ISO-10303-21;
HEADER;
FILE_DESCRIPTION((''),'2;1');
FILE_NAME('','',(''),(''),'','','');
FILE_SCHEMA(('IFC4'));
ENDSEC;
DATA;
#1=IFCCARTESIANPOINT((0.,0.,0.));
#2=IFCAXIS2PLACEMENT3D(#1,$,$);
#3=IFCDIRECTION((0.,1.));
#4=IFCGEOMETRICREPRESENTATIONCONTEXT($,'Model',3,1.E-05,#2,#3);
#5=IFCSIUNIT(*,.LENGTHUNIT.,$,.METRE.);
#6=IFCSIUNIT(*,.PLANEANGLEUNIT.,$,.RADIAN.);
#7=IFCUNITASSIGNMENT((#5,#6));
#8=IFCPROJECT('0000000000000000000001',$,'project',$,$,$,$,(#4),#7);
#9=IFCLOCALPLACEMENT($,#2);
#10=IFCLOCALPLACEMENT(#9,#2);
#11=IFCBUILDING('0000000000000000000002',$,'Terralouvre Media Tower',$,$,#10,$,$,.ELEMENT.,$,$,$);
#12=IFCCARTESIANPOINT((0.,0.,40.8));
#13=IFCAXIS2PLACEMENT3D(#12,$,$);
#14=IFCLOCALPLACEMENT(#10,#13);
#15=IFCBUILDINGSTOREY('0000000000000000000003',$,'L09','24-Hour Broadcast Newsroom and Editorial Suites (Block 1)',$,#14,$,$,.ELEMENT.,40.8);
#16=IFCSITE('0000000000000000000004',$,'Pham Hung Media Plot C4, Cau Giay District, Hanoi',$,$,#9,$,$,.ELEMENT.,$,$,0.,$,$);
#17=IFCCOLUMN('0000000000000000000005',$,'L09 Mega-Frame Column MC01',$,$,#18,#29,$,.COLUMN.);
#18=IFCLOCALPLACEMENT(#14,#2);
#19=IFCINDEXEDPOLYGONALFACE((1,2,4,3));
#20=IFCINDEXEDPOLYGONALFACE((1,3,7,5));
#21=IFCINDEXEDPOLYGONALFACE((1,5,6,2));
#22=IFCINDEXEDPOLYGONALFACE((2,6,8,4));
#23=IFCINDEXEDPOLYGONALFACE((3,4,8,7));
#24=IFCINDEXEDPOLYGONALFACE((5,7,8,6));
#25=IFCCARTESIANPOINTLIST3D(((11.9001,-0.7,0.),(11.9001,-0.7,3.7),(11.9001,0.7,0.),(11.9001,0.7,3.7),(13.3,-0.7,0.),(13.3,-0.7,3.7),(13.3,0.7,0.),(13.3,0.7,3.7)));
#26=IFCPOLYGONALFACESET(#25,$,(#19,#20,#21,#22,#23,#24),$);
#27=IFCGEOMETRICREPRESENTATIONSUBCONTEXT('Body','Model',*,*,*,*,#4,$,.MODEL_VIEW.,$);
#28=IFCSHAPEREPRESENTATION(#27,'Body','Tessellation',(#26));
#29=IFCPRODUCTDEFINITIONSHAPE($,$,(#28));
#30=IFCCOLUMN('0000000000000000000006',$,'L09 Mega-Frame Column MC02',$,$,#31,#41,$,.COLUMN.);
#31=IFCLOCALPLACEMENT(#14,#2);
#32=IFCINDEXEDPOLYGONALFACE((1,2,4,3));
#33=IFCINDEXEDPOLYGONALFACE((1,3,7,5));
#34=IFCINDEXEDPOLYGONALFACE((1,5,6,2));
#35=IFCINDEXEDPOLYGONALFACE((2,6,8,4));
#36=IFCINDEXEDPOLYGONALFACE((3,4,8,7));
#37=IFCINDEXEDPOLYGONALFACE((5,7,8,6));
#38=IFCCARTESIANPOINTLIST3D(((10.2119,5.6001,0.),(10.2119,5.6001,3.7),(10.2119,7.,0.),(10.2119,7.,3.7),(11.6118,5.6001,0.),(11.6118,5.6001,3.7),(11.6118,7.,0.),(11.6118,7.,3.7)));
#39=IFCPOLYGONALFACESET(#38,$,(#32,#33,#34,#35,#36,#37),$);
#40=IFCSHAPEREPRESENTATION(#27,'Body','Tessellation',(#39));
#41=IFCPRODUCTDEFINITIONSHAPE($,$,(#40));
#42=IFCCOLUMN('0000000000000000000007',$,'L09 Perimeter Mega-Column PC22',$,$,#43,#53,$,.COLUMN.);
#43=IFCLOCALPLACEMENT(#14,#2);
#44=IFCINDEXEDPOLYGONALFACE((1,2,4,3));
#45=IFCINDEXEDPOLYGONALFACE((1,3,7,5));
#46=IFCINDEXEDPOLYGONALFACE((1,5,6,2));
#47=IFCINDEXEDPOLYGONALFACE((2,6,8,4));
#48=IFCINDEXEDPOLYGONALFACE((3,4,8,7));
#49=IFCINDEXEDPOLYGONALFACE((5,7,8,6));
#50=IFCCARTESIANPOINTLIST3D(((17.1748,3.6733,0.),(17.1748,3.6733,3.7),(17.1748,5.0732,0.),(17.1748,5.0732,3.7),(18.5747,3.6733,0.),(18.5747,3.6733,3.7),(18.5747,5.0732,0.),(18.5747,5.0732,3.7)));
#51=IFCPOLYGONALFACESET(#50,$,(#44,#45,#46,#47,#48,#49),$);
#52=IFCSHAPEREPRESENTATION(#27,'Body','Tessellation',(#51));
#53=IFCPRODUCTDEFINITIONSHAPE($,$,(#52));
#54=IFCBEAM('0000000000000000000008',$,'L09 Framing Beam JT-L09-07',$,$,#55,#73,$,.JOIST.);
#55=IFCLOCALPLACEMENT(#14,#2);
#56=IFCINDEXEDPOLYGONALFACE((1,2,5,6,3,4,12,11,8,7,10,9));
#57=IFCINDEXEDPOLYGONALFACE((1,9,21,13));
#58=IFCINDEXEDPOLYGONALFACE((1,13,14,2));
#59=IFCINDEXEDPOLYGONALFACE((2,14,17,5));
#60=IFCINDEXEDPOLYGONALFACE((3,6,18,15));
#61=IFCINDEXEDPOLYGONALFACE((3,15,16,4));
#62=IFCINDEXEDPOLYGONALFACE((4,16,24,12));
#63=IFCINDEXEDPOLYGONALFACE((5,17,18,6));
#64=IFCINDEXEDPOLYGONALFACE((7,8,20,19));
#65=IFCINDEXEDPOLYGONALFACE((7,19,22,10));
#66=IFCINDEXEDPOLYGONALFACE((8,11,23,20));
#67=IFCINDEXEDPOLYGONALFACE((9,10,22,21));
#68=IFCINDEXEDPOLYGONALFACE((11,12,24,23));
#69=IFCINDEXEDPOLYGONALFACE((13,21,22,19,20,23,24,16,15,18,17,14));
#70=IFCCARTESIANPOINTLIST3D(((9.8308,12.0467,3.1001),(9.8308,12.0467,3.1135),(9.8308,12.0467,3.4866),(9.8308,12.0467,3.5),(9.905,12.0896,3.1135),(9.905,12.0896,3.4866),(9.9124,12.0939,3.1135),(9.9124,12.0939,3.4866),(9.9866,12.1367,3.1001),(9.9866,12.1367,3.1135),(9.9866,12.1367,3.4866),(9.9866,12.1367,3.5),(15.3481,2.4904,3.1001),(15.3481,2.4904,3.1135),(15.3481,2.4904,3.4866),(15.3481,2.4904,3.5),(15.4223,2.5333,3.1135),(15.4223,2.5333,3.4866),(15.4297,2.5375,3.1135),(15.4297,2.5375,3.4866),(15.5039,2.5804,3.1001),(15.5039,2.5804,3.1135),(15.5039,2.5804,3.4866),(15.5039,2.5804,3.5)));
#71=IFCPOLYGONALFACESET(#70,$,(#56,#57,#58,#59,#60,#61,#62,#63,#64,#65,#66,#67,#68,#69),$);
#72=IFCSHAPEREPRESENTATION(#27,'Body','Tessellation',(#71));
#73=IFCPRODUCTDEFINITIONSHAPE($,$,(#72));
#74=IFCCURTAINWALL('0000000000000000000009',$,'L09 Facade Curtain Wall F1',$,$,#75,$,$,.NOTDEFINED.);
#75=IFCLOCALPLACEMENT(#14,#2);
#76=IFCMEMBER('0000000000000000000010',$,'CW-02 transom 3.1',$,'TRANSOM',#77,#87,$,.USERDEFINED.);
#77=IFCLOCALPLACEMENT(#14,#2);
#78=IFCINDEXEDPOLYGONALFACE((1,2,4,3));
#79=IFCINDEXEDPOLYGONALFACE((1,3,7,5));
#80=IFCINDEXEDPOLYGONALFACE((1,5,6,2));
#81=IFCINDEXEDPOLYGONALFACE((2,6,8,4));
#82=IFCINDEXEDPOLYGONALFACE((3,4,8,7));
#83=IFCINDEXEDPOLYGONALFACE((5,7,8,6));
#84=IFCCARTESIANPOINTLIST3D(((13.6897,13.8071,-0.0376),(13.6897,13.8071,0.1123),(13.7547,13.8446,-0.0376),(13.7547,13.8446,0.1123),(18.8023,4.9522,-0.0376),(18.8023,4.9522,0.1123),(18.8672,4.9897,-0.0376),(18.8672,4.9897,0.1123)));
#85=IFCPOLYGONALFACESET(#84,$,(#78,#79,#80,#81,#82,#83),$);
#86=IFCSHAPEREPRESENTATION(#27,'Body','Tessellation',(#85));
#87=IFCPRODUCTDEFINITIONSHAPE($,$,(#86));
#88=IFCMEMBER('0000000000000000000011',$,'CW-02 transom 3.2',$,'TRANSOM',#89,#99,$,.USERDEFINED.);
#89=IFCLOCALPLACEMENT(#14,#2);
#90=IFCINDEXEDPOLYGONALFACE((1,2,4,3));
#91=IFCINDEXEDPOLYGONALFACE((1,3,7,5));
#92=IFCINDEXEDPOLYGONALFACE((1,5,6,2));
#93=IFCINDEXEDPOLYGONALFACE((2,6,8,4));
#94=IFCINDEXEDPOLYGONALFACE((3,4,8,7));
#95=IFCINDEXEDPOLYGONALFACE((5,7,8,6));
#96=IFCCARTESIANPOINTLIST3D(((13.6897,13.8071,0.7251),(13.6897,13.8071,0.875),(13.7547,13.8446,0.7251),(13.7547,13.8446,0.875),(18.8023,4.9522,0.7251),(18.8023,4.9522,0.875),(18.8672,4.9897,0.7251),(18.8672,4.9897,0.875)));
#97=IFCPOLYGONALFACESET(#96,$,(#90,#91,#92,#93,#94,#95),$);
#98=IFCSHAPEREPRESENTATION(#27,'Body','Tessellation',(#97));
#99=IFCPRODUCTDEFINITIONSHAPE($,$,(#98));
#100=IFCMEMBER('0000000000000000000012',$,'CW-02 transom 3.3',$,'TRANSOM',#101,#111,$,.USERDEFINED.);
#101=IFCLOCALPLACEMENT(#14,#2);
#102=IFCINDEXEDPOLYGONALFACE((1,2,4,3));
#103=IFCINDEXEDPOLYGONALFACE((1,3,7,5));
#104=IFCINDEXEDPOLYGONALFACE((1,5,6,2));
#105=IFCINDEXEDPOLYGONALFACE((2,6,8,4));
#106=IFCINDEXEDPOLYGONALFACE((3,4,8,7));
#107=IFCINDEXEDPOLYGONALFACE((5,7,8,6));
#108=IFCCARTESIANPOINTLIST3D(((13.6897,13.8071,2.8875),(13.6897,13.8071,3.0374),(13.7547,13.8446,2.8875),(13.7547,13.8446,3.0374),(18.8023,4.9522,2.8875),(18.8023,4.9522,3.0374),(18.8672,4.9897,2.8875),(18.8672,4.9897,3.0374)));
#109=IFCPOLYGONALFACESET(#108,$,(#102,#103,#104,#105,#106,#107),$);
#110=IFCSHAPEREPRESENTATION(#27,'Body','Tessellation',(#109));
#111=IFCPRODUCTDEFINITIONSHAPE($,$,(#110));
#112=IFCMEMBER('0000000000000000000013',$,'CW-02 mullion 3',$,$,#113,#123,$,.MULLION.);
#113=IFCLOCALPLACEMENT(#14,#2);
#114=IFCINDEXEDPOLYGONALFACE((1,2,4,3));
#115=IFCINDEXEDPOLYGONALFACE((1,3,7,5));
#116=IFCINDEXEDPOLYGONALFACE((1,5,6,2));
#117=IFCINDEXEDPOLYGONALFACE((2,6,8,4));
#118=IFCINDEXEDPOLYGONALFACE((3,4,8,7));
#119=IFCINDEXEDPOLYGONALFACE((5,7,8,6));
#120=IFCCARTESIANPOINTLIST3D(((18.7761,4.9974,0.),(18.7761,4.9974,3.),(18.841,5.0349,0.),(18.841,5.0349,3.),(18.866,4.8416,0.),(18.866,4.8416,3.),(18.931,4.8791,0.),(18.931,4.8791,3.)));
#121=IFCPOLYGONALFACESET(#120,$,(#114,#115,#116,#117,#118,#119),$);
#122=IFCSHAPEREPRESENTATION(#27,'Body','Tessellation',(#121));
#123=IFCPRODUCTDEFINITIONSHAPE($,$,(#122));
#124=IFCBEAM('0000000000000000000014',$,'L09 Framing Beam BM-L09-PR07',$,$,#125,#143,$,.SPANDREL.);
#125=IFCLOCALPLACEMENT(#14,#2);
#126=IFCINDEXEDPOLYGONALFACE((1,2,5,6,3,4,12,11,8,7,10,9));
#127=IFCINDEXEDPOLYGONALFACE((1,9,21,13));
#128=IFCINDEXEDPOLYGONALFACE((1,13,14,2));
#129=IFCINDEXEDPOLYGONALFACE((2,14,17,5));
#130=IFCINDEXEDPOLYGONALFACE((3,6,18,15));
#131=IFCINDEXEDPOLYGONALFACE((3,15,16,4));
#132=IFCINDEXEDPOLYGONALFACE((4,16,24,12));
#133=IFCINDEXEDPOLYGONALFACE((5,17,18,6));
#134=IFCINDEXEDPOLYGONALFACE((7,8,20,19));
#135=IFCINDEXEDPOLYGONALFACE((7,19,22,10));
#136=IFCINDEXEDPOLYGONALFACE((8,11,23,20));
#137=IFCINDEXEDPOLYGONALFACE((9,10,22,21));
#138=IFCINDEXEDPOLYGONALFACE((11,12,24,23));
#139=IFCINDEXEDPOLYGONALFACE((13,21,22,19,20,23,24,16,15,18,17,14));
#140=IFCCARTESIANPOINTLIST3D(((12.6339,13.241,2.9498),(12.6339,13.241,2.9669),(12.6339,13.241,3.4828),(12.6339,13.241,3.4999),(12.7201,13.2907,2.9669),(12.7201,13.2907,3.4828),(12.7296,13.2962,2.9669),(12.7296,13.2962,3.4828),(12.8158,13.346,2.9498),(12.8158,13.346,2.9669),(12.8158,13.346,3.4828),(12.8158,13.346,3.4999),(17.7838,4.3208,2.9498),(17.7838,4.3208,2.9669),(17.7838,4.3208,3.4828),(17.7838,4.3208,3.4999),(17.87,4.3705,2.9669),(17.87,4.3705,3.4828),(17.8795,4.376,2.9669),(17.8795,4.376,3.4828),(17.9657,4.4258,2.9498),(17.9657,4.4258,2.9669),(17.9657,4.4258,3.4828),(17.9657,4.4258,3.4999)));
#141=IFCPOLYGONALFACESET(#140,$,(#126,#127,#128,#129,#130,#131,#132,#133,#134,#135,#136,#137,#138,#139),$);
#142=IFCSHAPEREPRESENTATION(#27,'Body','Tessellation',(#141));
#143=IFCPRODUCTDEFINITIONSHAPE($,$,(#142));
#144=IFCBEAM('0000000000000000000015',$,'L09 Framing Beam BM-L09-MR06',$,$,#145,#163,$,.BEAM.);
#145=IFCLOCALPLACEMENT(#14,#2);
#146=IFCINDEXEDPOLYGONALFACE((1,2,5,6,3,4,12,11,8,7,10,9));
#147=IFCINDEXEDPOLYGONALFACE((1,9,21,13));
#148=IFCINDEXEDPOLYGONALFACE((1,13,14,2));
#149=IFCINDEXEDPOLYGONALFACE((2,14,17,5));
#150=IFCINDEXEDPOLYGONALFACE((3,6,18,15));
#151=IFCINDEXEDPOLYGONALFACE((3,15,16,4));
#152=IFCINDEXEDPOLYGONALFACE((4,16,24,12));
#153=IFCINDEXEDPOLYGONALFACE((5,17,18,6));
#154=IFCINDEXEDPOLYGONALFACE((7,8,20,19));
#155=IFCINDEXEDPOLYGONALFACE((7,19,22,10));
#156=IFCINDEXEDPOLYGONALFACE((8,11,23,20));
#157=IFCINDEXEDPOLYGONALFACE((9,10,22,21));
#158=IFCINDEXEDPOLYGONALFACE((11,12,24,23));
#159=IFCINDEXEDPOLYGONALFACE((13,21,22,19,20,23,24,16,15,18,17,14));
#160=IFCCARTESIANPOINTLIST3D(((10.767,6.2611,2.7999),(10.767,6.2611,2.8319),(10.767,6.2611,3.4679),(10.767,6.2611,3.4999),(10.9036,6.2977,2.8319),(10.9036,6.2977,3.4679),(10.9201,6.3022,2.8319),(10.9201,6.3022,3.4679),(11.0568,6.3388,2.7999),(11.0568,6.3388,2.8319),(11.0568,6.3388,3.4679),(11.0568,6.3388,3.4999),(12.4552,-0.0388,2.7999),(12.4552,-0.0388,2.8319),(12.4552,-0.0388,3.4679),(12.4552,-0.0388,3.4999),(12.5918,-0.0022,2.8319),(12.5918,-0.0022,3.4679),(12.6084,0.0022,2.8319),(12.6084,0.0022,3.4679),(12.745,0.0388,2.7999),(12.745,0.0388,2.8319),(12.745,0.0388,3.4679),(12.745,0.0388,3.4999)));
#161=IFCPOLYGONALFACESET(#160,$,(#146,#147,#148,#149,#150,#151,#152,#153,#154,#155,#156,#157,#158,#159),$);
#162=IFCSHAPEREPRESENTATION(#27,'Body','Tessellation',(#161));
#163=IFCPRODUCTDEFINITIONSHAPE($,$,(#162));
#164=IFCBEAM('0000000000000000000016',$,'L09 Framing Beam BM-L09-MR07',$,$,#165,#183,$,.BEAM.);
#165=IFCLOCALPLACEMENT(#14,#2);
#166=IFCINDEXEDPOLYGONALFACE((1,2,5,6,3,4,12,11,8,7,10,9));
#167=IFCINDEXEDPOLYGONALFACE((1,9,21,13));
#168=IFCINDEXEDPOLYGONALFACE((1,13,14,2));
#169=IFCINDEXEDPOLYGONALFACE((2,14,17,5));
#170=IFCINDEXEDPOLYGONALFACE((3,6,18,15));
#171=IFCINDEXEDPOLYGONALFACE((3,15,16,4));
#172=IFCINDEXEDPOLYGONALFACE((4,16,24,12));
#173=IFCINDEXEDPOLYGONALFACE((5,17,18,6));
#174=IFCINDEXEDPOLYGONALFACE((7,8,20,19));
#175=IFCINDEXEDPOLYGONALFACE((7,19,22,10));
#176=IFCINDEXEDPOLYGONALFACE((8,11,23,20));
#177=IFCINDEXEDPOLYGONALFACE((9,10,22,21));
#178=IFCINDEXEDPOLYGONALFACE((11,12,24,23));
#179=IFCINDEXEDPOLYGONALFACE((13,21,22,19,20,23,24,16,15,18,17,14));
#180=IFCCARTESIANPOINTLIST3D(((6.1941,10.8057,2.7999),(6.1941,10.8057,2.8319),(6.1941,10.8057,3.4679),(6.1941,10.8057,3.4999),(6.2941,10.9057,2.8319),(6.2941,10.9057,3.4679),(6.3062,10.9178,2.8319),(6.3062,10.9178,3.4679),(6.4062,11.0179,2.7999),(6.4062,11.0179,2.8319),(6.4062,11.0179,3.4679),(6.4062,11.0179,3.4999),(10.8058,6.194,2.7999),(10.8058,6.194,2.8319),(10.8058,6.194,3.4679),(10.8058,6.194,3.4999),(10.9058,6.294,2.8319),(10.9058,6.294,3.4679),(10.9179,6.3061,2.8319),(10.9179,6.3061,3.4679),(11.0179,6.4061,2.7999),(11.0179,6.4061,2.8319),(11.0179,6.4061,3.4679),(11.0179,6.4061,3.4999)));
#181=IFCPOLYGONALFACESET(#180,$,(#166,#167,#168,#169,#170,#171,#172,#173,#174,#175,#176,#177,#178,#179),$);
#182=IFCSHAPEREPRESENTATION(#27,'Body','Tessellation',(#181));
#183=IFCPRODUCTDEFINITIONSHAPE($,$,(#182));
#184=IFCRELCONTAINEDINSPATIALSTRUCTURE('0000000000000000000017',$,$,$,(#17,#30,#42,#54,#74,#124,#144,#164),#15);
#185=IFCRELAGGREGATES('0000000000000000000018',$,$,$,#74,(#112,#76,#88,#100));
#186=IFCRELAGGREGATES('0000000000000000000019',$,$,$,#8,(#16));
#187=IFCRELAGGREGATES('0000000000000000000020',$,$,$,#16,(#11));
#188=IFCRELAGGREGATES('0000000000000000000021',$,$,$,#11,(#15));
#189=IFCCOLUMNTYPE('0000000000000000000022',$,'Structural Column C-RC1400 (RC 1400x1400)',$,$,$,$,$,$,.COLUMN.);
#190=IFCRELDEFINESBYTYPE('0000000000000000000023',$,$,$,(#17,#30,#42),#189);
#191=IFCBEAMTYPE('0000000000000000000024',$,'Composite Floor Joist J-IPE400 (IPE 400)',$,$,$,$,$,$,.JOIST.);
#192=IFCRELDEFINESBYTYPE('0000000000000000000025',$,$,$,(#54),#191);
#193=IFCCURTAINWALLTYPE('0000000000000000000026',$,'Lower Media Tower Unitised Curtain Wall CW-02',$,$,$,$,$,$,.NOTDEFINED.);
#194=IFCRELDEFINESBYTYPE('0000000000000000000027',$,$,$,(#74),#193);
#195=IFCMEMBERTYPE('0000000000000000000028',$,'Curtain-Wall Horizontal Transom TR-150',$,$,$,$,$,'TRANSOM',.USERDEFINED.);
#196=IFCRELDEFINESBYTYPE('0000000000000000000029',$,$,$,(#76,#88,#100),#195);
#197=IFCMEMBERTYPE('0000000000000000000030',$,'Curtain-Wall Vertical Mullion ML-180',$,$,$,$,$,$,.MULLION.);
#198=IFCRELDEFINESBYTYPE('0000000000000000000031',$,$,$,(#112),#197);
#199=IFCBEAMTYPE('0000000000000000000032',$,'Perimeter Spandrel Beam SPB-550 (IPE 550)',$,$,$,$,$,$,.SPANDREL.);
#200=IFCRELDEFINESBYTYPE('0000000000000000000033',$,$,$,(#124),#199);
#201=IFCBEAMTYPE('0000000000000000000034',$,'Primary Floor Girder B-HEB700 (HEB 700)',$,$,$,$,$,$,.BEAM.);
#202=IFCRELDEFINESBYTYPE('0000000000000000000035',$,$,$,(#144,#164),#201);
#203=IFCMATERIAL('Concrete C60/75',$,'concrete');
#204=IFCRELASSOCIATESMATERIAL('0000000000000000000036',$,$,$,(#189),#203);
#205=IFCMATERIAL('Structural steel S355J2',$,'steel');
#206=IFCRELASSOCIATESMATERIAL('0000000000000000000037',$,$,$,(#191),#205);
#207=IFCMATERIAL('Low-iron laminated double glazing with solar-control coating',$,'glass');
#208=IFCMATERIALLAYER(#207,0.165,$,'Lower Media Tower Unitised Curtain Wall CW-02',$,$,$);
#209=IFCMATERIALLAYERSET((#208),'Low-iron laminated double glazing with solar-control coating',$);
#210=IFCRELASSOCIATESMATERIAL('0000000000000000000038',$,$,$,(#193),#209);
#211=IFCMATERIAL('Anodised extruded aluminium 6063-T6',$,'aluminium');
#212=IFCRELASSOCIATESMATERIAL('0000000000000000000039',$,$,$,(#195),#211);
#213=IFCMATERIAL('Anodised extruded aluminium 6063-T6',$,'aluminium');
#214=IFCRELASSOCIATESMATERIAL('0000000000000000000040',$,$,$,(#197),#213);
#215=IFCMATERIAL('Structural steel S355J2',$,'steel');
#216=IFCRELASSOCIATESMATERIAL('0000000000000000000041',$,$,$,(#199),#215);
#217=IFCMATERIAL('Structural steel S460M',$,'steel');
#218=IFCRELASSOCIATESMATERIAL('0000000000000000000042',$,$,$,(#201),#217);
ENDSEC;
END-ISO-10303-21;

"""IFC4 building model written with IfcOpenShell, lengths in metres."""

from ifc_helpers import new_model, si_unit, direction, frame, origin, origin_2d, place, context, subcontext, project, spatial, rectangle, i_section, extrude, material, layer, layer_set, material_profile, profile_set, type_object, element, aggregate, save


model = new_model("IFC4")

# Units and contexts
model_context = context("Model", 3, precision=1e-05, world=origin(), true_north=direction((0.0, 1.0)))
body_context = subcontext(model_context, "Body", "Model", "MODEL_VIEW")
ifc_project = project(units=[si_unit("LENGTHUNIT", "METRE"), si_unit("PLANEANGLEUNIT", "RADIAN")], contexts=[model_context])

# Site, building, storey
site_placement = place(None, origin())
site = spatial("IfcSite", under=ifc_project, at=site_placement, Name="Pham Hung Media Plot C4, Cau Giay District, Hanoi", CompositionType="ELEMENT", RefElevation=0.0)
building_placement = place(site_placement, origin())
building = spatial("IfcBuilding", under=site, at=building_placement, Name="Terralouvre Media Tower", CompositionType="ELEMENT")
storey_placement = place(building_placement, frame((0.0, 0.0, 40.8)))
storey = spatial("IfcBuildingStorey", under=building, at=storey_placement, Name="L09", Description="24-Hour Broadcast Newsroom and Editorial Suites (Block 1)", CompositionType="ELEMENT", Elevation=40.8)

# Columns
ifc_material_1 = material(Name="Concrete C60/75", Category="concrete")
ifc_material_profile_1 = material_profile(ifc_material_1, rectangle(XDim=1.3999, YDim=1.3999, at=origin_2d()), Name="RC 1400x1400")
ifc_profile_set_1 = profile_set([ifc_material_profile_1], Name="Concrete C60/75")
column_type = type_object("IfcColumnType", Name="Structural Column C-RC1400 (RC 1400x1400)", PredefinedType="COLUMN", material=ifc_profile_set_1)
for number, where, z_axis, x_axis, name in (
    (1, (12.6001, 0.0, 0.0), (0.0, 0.0, 1.0), (1.0, 0.0, 0.0), "L09 Mega-Frame Column MC01"),
    (2, (10.9119, 6.3, 0.0), (0.0, 0.0, 1.0), (1.0, 0.0, 0.0), "L09 Mega-Frame Column MC02"),
    (3, (17.8748, 4.3733, 0.0), (0.0, 0.0, 1.0), (1.0, 0.0, 0.0), "L09 Perimeter Mega-Column PC22"),
):
    element("IfcColumn", number, at=place(storey_placement, frame(where, z_axis=z_axis, x_axis=x_axis)), inside=storey, type_object=column_type, Name=name, PredefinedType="COLUMN", context=body_context, shape_type="SweptSolid", body=[
        extrude(rectangle(XDim=1.3999, YDim=1.3999, at=origin_2d()), origin(), (0.0, 0.0, 1.0), 3.7),
    ])

# Beam
ifc_material_2 = material(Name="Structural steel S355J2", Category="steel")
ifc_material_profile_2 = material_profile(ifc_material_2, i_section(OverallWidth=0.1799, OverallDepth=0.3999, WebThickness=0.0085, FlangeThickness=0.0134, at=origin_2d()), Name="IPE 400")
ifc_profile_set_2 = profile_set([ifc_material_profile_2], Name="Structural steel S355J2")
beam_type_1 = type_object("IfcBeamType", Name="Composite Floor Joist J-IPE400 (IPE 400)", PredefinedType="JOIST", material=ifc_profile_set_2)
beam_1_placement = place(storey_placement, frame((15.426, 2.5354, 3.3), z_axis=(-0.499996, 0.866028, 0.0), x_axis=(-0.866028, -0.499996, 0.0)))
element("IfcBeam", 4, at=beam_1_placement, inside=storey, type_object=beam_type_1, Name="L09 Framing Beam JT-L09-07", PredefinedType="JOIST", context=body_context, shape_type="SweptSolid", body=[
    extrude(i_section(OverallWidth=0.1799, OverallDepth=0.3999, WebThickness=0.0085, FlangeThickness=0.0134, at=origin_2d()), origin(), (0.0, 0.0, 1.0), 11.0347),
])

# Curtain wall, members
ifc_material_3 = material(Name="Low-iron laminated double glazing with solar-control coating", Category="glass")
ifc_layer_1 = layer(ifc_material_3, 0.165, Name="Lower Media Tower Unitised Curtain Wall CW-02")
ifc_layer_set_1 = layer_set([ifc_layer_1], Name="Low-iron laminated double glazing with solar-control coating")
curtain_wall_type = type_object("IfcCurtainWallType", Name="Lower Media Tower Unitised Curtain Wall CW-02", PredefinedType="NOTDEFINED", material=ifc_layer_set_1)
curtain_wall_placement = place(storey_placement, origin())
curtain_wall = element("IfcCurtainWall", 5, at=curtain_wall_placement, inside=storey, type_object=curtain_wall_type, Name="L09 Facade Curtain Wall F1", PredefinedType="NOTDEFINED")
ifc_material_4 = material(Name="Anodised extruded aluminium 6063-T6", Category="aluminium")
ifc_material_profile_3 = material_profile(ifc_material_4, rectangle(XDim=0.075, YDim=0.1499, at=origin_2d()), Name="ALU 75x150")
ifc_profile_set_3 = profile_set([ifc_material_profile_3], Name="Anodised extruded aluminium 6063-T6")
member_type_1 = type_object("IfcMemberType", Name="Curtain-Wall Horizontal Transom TR-150", ElementType="TRANSOM", PredefinedType="USERDEFINED", material=ifc_profile_set_3)
member_1_placement = place(storey_placement, frame((18.8347, 4.9709, 0.0374), z_axis=(-0.500009, 0.86602, 0.0), x_axis=(-0.86602, -0.500009, 0.0)))
member_1 = element("IfcMember", 6, at=member_1_placement, type_object=member_type_1, Name="CW-02 transom 3.1", ObjectType="TRANSOM", PredefinedType="USERDEFINED", context=body_context, shape_type="SweptSolid", body=[
    extrude(rectangle(XDim=0.075, YDim=0.1499, at=origin_2d()), origin(), (0.0, 0.0, 1.0), 10.2249),
])
member_2_placement = place(storey_placement, frame((18.8347, 4.9709, 0.8), z_axis=(-0.500009, 0.86602, 0.0), x_axis=(-0.86602, -0.500009, 0.0)))
member_2 = element("IfcMember", 7, at=member_2_placement, type_object=member_type_1, Name="CW-02 transom 3.2", ObjectType="TRANSOM", PredefinedType="USERDEFINED", context=body_context, shape_type="SweptSolid", body=[
    extrude(rectangle(XDim=0.075, YDim=0.1499, at=origin_2d()), origin(), (0.0, 0.0, 1.0), 10.2249),
])
member_3_placement = place(storey_placement, frame((18.8347, 4.9709, 2.9624), z_axis=(-0.500009, 0.86602, 0.0), x_axis=(-0.86602, -0.500009, 0.0)))
member_3 = element("IfcMember", 8, at=member_3_placement, type_object=member_type_1, Name="CW-02 transom 3.3", ObjectType="TRANSOM", PredefinedType="USERDEFINED", context=body_context, shape_type="SweptSolid", body=[
    extrude(rectangle(XDim=0.075, YDim=0.1499, at=origin_2d()), origin(), (0.0, 0.0, 1.0), 10.2249),
])
ifc_material_5 = material(Name="Anodised extruded aluminium 6063-T6", Category="aluminium")
ifc_material_profile_4 = material_profile(ifc_material_5, rectangle(XDim=0.075, YDim=0.1799, at=origin_2d()), Name="ALU 75x180")
ifc_profile_set_4 = profile_set([ifc_material_profile_4], Name="Anodised extruded aluminium 6063-T6")
member_type_2 = type_object("IfcMemberType", Name="Curtain-Wall Vertical Mullion ML-180", PredefinedType="MULLION", material=ifc_profile_set_4)
member_4_placement = place(storey_placement, frame((18.8535, 4.9382, 0.0), z_axis=(0.0, 0.0, 1.0), x_axis=(-0.866025, -0.5, 0.0)))
member_4 = element("IfcMember", 9, at=member_4_placement, type_object=member_type_2, Name="CW-02 mullion 3", PredefinedType="MULLION", context=body_context, shape_type="SweptSolid", body=[
    extrude(rectangle(XDim=0.075, YDim=0.1799, at=origin_2d()), origin(), (0.0, 0.0, 1.0), 3.0),
])

# Beams
ifc_material_6 = material(Name="Structural steel S355J2", Category="steel")
ifc_material_profile_5 = material_profile(ifc_material_6, i_section(OverallWidth=0.21, OverallDepth=0.55, WebThickness=0.011, FlangeThickness=0.0171, at=origin_2d()), Name="IPE 550")
ifc_profile_set_5 = profile_set([ifc_material_profile_5], Name="Structural steel S355J2")
beam_type_2 = type_object("IfcBeamType", Name="Perimeter Spandrel Beam SPB-550 (IPE 550)", PredefinedType="SPANDREL", material=ifc_profile_set_5)
beam_2_placement = place(storey_placement, frame((17.8748, 4.3733, 3.2249), z_axis=(-0.499989, 0.866032, 0.0), x_axis=(-0.866032, -0.499989, 0.0)))
element("IfcBeam", 10, at=beam_2_placement, inside=storey, type_object=beam_type_2, Name="L09 Framing Beam BM-L09-PR07", PredefinedType="SPANDREL", context=body_context, shape_type="SweptSolid", body=[
    extrude(i_section(OverallWidth=0.21, OverallDepth=0.55, WebThickness=0.011, FlangeThickness=0.0171, at=origin_2d()), origin(), (0.0, 0.0, 1.0), 10.3),
])
ifc_material_7 = material(Name="Structural steel S460M", Category="steel")
ifc_material_profile_6 = material_profile(ifc_material_7, i_section(OverallWidth=0.3, OverallDepth=0.7, WebThickness=0.0171, FlangeThickness=0.032, at=origin_2d()), Name="HEB 700")
ifc_profile_set_6 = profile_set([ifc_material_profile_6], Name="Structural steel S460M")
beam_type_3 = type_object("IfcBeamType", Name="Primary Floor Girder B-HEB700 (HEB 700)", PredefinedType="BEAM", material=ifc_profile_set_6)
beam_3_placement = place(storey_placement, frame((12.6001, 0.0, 3.1499), z_axis=(-0.258839, 0.96592, 0.0), x_axis=(-0.96592, -0.258839, 0.0)))
element("IfcBeam", 11, at=beam_3_placement, inside=storey, type_object=beam_type_3, Name="L09 Framing Beam BM-L09-MR06", PredefinedType="BEAM", context=body_context, shape_type="SweptSolid", body=[
    extrude(i_section(OverallWidth=0.3, OverallDepth=0.7, WebThickness=0.0171, FlangeThickness=0.032, at=origin_2d()), origin(), (0.0, 0.0, 1.0), 6.5222),
])
beam_4_placement = place(storey_placement, frame((10.9119, 6.3, 3.1499), z_axis=(-0.707107, 0.707107, 0.0), x_axis=(-0.707107, -0.707107, 0.0)))
element("IfcBeam", 12, at=beam_4_placement, inside=storey, type_object=beam_type_3, Name="L09 Framing Beam BM-L09-MR07", PredefinedType="BEAM", context=body_context, shape_type="SweptSolid", body=[
    extrude(i_section(OverallWidth=0.3, OverallDepth=0.7, WebThickness=0.0171, FlangeThickness=0.032, at=origin_2d()), origin(), (0.0, 0.0, 1.0), 6.522),
])

aggregate(curtain_wall, [member_4, member_1, member_2, member_3])

save(model, "model.ifc")
